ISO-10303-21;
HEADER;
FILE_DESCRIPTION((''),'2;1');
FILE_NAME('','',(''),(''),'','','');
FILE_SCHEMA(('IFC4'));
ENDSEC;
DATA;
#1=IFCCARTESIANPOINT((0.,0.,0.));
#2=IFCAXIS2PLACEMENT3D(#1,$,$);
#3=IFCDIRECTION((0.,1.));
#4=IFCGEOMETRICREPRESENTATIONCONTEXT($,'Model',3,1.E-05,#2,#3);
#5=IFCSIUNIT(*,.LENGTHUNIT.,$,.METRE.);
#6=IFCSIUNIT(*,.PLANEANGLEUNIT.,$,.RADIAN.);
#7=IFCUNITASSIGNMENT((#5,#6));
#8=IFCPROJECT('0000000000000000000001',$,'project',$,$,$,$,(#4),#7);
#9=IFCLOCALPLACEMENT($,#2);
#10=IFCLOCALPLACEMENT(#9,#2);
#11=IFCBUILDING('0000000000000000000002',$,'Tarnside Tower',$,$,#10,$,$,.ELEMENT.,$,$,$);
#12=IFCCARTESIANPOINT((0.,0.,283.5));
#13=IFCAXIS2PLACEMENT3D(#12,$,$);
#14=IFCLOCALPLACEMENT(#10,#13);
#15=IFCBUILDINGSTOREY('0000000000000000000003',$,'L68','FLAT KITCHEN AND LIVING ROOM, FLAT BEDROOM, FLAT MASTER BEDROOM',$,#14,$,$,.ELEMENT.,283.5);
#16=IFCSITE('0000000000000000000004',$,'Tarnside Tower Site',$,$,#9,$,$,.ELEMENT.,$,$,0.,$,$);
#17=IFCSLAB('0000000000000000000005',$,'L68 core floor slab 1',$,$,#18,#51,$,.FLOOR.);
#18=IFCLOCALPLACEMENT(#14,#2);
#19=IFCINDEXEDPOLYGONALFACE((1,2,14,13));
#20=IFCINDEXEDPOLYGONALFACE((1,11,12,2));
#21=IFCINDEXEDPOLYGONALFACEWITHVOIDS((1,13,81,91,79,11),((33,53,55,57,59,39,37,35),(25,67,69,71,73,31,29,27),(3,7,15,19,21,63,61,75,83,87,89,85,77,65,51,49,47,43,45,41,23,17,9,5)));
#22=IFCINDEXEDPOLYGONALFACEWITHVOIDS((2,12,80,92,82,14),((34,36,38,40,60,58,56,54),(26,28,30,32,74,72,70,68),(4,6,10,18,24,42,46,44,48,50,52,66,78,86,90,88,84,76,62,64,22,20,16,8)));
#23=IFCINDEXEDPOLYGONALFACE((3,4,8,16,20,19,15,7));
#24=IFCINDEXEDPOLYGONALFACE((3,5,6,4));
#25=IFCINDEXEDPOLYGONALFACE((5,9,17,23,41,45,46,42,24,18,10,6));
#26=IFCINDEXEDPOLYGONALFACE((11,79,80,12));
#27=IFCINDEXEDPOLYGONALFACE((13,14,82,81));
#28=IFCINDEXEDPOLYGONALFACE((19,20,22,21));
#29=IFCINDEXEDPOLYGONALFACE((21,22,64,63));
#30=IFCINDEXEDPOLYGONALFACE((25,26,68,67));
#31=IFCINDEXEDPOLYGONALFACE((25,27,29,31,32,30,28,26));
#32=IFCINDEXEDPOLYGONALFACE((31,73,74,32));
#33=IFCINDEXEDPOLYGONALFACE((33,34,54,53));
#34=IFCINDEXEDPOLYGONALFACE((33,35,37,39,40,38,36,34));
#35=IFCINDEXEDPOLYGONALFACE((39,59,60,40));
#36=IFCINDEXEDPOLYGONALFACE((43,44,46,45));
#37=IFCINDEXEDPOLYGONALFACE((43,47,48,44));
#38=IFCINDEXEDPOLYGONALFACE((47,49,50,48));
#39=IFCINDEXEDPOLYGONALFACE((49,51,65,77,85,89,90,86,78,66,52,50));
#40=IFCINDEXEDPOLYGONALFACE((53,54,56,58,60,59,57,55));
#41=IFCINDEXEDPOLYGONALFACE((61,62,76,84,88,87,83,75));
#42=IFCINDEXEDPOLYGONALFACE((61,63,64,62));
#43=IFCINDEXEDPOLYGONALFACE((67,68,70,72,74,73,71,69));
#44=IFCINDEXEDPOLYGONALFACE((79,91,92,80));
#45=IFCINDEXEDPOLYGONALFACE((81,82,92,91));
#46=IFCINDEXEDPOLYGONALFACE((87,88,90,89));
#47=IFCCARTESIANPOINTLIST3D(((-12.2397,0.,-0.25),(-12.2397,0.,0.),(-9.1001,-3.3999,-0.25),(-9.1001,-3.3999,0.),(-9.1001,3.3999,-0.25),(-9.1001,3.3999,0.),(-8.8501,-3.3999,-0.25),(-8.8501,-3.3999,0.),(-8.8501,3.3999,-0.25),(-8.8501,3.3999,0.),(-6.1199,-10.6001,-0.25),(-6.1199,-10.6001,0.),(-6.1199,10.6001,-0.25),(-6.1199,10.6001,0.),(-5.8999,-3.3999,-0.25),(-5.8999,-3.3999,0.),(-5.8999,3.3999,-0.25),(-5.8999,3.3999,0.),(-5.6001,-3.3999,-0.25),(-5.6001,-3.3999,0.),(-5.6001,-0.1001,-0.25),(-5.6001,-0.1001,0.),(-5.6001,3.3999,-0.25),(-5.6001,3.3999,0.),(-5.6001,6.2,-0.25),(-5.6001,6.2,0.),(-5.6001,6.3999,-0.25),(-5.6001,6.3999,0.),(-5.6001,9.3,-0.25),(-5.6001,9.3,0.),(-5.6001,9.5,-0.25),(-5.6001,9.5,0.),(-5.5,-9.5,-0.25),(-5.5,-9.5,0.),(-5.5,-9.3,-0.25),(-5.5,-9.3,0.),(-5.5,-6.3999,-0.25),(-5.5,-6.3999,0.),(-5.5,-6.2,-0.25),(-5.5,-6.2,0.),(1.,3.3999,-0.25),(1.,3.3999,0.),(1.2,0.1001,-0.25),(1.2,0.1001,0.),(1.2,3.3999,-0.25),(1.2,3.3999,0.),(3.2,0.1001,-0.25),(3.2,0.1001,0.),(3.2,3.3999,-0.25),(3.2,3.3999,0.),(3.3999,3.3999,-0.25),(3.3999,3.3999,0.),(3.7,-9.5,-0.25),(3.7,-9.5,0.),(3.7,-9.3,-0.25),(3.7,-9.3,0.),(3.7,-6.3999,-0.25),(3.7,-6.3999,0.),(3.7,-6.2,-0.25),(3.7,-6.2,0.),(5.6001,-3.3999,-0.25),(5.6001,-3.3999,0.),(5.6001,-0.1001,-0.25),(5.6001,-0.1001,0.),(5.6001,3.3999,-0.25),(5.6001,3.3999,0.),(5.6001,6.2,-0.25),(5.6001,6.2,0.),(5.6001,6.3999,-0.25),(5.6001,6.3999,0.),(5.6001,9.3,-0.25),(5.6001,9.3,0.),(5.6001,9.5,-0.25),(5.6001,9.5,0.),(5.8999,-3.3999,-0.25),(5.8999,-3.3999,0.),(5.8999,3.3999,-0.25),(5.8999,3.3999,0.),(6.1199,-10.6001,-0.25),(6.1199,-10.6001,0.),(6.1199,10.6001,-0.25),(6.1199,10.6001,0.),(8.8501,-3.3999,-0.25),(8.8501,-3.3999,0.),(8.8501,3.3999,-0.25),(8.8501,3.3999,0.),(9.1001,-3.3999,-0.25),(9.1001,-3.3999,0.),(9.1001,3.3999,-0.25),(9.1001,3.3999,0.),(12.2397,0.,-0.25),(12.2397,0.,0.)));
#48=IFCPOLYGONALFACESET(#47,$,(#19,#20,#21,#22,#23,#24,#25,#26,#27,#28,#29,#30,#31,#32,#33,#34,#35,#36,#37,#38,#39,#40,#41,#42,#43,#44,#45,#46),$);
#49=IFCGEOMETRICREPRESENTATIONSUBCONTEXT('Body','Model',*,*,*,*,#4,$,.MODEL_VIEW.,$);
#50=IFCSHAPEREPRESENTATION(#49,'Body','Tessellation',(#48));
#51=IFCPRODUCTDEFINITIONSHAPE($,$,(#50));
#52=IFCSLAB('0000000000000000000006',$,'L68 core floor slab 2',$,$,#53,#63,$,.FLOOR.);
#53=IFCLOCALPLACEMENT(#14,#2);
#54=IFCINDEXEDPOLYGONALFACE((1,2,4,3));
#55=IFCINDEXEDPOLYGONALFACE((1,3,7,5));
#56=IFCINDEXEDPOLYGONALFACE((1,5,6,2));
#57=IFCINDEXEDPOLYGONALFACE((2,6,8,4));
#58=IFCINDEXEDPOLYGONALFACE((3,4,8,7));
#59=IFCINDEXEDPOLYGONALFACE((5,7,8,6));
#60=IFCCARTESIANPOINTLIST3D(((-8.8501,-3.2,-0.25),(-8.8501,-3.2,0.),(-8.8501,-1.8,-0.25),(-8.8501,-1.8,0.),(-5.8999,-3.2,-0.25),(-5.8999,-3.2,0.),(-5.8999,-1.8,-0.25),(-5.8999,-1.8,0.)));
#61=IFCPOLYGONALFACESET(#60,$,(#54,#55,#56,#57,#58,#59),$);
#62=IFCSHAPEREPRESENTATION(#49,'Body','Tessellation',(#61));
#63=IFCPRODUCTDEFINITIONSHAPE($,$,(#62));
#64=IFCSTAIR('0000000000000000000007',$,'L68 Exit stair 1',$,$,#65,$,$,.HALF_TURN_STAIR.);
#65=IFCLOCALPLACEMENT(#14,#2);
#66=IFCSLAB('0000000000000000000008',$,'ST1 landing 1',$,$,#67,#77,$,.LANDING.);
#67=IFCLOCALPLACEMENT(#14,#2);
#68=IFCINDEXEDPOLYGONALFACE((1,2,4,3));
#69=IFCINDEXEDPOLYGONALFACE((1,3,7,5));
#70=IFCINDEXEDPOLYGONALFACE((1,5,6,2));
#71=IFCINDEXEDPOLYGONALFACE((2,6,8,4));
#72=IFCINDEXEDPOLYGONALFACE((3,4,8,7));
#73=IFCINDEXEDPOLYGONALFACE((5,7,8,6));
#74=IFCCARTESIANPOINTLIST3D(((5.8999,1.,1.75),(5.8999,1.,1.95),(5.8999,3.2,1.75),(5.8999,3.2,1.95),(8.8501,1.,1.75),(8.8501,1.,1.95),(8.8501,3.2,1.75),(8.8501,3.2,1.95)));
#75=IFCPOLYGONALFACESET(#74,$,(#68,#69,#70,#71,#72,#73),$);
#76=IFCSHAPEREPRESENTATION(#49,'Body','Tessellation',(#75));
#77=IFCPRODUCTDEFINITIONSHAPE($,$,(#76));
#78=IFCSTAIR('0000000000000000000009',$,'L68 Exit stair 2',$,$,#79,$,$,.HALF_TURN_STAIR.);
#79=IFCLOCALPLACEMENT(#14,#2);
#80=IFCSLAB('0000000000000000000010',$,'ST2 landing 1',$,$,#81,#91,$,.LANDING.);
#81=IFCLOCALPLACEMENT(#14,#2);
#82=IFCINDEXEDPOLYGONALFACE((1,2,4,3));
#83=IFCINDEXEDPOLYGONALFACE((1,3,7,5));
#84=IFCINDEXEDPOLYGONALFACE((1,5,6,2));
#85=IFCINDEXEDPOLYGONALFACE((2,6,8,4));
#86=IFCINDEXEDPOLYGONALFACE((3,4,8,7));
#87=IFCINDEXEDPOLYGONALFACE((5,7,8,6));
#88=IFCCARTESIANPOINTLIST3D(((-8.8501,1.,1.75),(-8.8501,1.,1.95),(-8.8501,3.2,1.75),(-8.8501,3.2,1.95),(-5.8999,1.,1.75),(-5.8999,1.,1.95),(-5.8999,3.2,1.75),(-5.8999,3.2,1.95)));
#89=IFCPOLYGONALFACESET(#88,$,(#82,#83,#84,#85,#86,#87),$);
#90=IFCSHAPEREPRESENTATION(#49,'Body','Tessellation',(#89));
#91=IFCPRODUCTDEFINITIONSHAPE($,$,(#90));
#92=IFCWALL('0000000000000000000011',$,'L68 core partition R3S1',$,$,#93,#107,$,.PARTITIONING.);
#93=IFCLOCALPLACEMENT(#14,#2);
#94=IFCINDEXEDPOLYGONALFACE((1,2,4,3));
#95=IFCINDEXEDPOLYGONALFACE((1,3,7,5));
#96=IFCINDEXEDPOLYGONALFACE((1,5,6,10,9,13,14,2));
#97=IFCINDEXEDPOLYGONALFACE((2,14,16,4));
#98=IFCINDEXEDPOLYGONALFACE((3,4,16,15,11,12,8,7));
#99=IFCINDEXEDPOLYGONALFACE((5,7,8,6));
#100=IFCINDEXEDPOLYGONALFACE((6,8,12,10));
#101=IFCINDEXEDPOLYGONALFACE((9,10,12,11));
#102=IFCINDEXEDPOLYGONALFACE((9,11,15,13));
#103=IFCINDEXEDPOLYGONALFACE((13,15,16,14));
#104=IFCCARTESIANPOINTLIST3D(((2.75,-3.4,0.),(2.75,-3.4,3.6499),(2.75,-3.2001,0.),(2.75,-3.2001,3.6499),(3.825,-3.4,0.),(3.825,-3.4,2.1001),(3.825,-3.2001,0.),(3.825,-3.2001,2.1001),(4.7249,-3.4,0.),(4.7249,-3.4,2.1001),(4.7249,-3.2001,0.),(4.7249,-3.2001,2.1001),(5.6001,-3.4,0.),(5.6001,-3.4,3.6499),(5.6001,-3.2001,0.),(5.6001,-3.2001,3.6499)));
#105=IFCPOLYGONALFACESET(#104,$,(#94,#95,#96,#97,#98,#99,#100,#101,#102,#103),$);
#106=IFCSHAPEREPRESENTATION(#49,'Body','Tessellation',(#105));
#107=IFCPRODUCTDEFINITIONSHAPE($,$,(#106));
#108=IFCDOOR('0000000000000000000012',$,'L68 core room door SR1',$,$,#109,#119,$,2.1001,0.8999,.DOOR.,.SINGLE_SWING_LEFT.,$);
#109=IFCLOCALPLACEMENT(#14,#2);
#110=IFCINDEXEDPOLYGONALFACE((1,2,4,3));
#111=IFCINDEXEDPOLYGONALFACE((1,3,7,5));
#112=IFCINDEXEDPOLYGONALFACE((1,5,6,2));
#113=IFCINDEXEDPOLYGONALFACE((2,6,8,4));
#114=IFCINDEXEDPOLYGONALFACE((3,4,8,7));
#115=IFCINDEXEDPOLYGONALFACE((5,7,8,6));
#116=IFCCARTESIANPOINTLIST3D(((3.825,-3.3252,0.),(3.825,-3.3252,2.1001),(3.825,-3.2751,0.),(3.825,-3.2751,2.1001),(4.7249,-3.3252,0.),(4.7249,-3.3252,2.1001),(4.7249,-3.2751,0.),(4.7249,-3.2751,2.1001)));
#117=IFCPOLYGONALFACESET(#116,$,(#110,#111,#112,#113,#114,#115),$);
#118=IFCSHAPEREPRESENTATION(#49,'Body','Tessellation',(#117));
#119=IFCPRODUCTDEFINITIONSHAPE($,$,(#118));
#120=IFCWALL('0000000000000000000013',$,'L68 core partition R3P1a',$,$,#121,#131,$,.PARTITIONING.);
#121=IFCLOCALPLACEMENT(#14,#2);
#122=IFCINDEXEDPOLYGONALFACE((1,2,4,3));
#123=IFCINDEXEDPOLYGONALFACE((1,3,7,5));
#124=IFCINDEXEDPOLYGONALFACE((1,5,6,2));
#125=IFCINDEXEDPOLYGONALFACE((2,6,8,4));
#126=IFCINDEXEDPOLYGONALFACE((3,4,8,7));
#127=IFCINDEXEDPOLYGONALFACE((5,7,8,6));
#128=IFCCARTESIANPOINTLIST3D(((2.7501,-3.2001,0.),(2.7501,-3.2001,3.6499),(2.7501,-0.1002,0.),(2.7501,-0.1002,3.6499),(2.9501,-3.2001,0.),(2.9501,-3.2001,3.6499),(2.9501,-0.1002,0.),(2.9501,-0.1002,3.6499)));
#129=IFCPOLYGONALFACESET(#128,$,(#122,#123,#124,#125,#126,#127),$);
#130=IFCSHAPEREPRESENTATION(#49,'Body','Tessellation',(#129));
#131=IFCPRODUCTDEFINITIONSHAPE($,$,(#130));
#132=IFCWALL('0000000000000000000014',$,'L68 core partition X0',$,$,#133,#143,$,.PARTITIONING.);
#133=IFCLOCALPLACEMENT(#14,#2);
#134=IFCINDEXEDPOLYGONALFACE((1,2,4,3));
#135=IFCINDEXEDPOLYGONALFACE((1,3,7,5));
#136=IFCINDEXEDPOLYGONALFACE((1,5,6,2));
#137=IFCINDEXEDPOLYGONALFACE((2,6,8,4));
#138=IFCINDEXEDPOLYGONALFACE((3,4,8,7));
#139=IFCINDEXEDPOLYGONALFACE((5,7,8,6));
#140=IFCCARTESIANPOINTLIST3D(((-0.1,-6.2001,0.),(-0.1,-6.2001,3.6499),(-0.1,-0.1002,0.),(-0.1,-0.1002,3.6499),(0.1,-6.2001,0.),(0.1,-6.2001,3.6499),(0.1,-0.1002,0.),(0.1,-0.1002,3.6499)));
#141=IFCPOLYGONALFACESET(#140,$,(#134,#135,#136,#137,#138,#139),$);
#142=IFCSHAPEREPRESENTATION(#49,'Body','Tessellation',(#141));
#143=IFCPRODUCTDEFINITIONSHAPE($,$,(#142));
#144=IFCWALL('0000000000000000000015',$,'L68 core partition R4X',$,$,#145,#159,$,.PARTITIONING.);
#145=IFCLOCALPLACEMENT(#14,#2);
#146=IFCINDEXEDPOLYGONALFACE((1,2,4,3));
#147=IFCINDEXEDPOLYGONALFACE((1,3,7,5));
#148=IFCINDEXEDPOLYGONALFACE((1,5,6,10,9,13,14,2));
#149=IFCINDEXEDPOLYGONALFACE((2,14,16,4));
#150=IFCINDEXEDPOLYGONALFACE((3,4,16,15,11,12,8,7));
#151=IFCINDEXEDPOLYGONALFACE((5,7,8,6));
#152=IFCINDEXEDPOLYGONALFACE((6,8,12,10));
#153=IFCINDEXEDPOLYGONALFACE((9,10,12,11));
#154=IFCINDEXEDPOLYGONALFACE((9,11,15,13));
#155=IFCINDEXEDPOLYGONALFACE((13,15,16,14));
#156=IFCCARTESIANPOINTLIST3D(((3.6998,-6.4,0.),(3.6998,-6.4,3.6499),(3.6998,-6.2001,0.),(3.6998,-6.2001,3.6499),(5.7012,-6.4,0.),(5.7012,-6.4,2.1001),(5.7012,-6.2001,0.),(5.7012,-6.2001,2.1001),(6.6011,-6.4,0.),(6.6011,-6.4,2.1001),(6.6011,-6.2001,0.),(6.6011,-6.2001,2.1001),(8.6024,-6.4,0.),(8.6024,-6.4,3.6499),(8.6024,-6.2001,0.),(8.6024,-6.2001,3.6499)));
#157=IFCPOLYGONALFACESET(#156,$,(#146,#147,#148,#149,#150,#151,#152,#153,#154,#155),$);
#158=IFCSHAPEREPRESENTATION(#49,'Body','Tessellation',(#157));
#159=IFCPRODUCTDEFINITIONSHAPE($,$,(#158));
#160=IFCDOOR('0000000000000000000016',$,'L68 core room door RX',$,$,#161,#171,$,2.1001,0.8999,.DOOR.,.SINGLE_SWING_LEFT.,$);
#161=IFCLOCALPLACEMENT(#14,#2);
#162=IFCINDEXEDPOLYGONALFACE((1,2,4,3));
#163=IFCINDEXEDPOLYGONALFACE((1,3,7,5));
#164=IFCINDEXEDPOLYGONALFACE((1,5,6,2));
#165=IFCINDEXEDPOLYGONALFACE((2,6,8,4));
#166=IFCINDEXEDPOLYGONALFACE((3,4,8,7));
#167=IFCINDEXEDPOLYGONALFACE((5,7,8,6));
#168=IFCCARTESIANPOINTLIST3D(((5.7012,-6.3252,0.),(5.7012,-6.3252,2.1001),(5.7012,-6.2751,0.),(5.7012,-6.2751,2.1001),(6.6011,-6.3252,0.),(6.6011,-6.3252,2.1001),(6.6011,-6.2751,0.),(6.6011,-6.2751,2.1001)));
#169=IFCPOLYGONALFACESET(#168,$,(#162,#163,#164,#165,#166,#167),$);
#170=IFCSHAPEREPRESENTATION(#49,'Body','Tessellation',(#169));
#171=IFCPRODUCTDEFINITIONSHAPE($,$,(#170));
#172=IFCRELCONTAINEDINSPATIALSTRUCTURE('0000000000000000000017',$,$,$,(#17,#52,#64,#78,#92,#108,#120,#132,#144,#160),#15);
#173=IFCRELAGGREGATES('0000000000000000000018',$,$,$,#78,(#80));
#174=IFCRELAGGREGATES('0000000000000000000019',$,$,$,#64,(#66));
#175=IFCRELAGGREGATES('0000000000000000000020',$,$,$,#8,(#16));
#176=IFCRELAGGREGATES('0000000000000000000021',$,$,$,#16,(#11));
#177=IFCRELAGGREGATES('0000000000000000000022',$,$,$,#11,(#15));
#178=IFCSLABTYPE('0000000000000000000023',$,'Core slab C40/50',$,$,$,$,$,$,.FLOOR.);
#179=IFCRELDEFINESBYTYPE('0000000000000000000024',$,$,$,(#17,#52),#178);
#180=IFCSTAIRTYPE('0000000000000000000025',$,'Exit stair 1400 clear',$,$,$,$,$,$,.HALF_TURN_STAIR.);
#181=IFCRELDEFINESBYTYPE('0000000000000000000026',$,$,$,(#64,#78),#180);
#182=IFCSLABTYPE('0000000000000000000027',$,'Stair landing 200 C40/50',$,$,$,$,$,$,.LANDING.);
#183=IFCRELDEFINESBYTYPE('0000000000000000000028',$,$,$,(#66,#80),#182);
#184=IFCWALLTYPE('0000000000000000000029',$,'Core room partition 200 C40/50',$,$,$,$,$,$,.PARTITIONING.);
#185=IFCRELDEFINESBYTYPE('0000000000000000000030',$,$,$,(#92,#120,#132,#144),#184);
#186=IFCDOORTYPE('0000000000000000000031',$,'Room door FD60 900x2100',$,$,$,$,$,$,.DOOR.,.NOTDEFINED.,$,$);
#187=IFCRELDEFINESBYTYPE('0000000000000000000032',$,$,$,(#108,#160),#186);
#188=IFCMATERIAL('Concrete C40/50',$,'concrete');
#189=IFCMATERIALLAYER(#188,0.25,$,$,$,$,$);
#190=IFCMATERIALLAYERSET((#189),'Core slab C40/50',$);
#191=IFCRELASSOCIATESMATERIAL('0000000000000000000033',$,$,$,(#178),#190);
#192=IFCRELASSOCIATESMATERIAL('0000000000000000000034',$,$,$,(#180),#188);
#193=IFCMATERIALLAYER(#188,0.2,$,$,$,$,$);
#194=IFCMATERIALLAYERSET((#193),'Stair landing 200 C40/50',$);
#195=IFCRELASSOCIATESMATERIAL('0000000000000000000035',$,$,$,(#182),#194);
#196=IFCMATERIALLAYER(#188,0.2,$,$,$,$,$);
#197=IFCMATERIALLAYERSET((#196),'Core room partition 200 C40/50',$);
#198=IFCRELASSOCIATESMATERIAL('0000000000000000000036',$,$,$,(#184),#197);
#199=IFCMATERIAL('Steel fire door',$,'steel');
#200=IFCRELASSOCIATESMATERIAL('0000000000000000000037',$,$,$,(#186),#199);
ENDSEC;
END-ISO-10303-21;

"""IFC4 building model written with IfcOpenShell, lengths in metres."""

from ifc_helpers import new_model, si_unit, direction, frame, frame_2d, origin, place, context, subcontext, project, spatial, polyline, rectangle, outline, extrude, material, layer, layer_set, type_object, element, fill, aggregate, save


model = new_model("IFC4")

# Units and contexts
model_context = context("Model", 3, precision=1e-05, world=origin(), true_north=direction((0.0, 1.0)))
body_context = subcontext(model_context, "Body", "Model", "MODEL_VIEW")
ifc_project = project(units=[si_unit("LENGTHUNIT", "METRE"), si_unit("PLANEANGLEUNIT", "RADIAN")], contexts=[model_context])

# Site, building, storey
site_placement = place(None, origin())
site = spatial("IfcSite", under=ifc_project, at=site_placement, Name="Tarnside Tower Site", CompositionType="ELEMENT", RefElevation=0.0)
building_placement = place(site_placement, origin())
building = spatial("IfcBuilding", under=site, at=building_placement, Name="Tarnside Tower", CompositionType="ELEMENT")
storey_placement = place(building_placement, frame((0.0, 0.0, 283.5)))
storey = spatial("IfcBuildingStorey", under=building, at=storey_placement, Name="L68", Description="FLAT KITCHEN AND LIVING ROOM, FLAT BEDROOM, FLAT MASTER BEDROOM", CompositionType="ELEMENT", Elevation=283.5)

# Slabs
ifc_material_1 = material(Name="Concrete C40/50", Category="concrete")
ifc_layer_1 = layer(ifc_material_1, 0.25)
ifc_layer_set_1 = layer_set([ifc_layer_1], Name="Core slab C40/50")
slab_type_1 = type_object("IfcSlabType", Name="Core slab C40/50", PredefinedType="FLOOR", material=ifc_layer_set_1)
slab_1_placement = place(storey_placement, frame((0.0, 0.0, -0.25)))
element("IfcSlab", 1, at=slab_1_placement, inside=storey, type_object=slab_type_1, Name="L68 core floor slab 1", PredefinedType="FLOOR", context=body_context, shape_type="SweptSolid", body=[
    extrude(outline(polyline([(6.1199, 10.6001), (12.2397, 0.0), (6.1199, -10.6001), (-6.1199, -10.6001), (-12.2397, 0.0), (-6.1199, 10.6001), (6.1199, 10.6001)]), holes=[polyline([(-5.5, -9.5), (3.7, -9.5), (3.7, -9.3), (3.7, -6.3999), (3.7, -6.2), (-5.5, -6.2), (-5.5, -6.3999), (-5.5, -9.3), (-5.5, -9.5)]), polyline([(-5.6001, -3.3999), (-5.6001, -0.1001), (5.6001, -0.1001), (5.6001, -3.3999), (5.8999, -3.3999), (8.8501, -3.3999), (9.1001, -3.3999), (9.1001, 3.3999), (8.8501, 3.3999), (5.8999, 3.3999), (5.6001, 3.3999), (3.3999, 3.3999), (3.2, 3.3999), (3.2, 0.1001), (1.2, 0.1001), (1.2, 3.3999), (1.0, 3.3999), (-5.6001, 3.3999), (-5.8999, 3.3999), (-8.8501, 3.3999), (-9.1001, 3.3999), (-9.1001, -3.3999), (-8.8501, -3.3999), (-5.8999, -3.3999), (-5.6001, -3.3999)]), polyline([(-5.6001, 6.2), (5.6001, 6.2), (5.6001, 6.3999), (5.6001, 9.3), (5.6001, 9.5), (-5.6001, 9.5), (-5.6001, 9.3), (-5.6001, 6.3999), (-5.6001, 6.2)])]), origin(), (0.0, 0.0, 1.0), 0.25),
])
slab_2_placement = place(storey_placement, frame((0.0, 0.0, -0.25)))
element("IfcSlab", 2, at=slab_2_placement, inside=storey, type_object=slab_type_1, Name="L68 core floor slab 2", PredefinedType="FLOOR", context=body_context, shape_type="SweptSolid", body=[
    extrude(outline(polyline([(-8.8501, -3.2), (-8.8501, -1.8), (-5.8999, -1.8), (-5.8999, -3.2), (-8.8501, -3.2)])), origin(), (0.0, 0.0, 1.0), 0.25),
])

# Stairs, slabs
stair_type = type_object("IfcStairType", Name="Exit stair 1400 clear", PredefinedType="HALF_TURN_STAIR", material=ifc_material_1)
stair_1_placement = place(storey_placement, origin())
stair_1 = element("IfcStair", 3, at=stair_1_placement, inside=storey, type_object=stair_type, Name="L68 Exit stair 1", PredefinedType="HALF_TURN_STAIR")
ifc_layer_2 = layer(ifc_material_1, 0.2)
ifc_layer_set_2 = layer_set([ifc_layer_2], Name="Stair landing 200 C40/50")
slab_type_2 = type_object("IfcSlabType", Name="Stair landing 200 C40/50", PredefinedType="LANDING", material=ifc_layer_set_2)
slab_3_placement = place(storey_placement, frame((0.0, 0.0, 1.75)))
slab_3 = element("IfcSlab", 4, at=slab_3_placement, type_object=slab_type_2, Name="ST1 landing 1", PredefinedType="LANDING", context=body_context, shape_type="SweptSolid", body=[
    extrude(outline(polyline([(8.8501, 1.0), (8.8501, 3.2), (5.8999, 3.2), (5.8999, 1.0), (8.8501, 1.0)])), origin(), (0.0, 0.0, 1.0), 0.2),
])
stair_2_placement = place(storey_placement, origin())
stair_2 = element("IfcStair", 5, at=stair_2_placement, inside=storey, type_object=stair_type, Name="L68 Exit stair 2", PredefinedType="HALF_TURN_STAIR")
slab_4_placement = place(storey_placement, frame((0.0, 0.0, 1.75)))
slab_4 = element("IfcSlab", 6, at=slab_4_placement, type_object=slab_type_2, Name="ST2 landing 1", PredefinedType="LANDING", context=body_context, shape_type="SweptSolid", body=[
    extrude(outline(polyline([(-5.8999, 1.0), (-5.8999, 3.2), (-8.8501, 3.2), (-8.8501, 1.0), (-5.8999, 1.0)])), origin(), (0.0, 0.0, 1.0), 0.2),
])
aggregate(stair_2, [slab_4])

# Wall, opening, door
ifc_layer_3 = layer(ifc_material_1, 0.2)
ifc_layer_set_3 = layer_set([ifc_layer_3], Name="Core room partition 200 C40/50")
wall_type_1 = type_object("IfcWallType", Name="Core room partition 200 C40/50", PredefinedType="PARTITIONING", material=ifc_layer_set_3)
wall_1_placement = place(storey_placement, frame((2.75, -3.3, 0.0), z_axis=(0.0, 0.0, 1.0), x_axis=(1.0, 0.0, 0.0)))
wall_1 = element("IfcWall", 7, at=wall_1_placement, inside=storey, type_object=wall_type_1, Name="L68 core partition R3S1", PredefinedType="PARTITIONING", context=body_context, shape_type="SweptSolid", body=[
    extrude(rectangle(XDim=2.8501, YDim=0.2, at=frame_2d((1.425, 0.0))), origin(), (0.0, 0.0, 1.0), 3.6499),
])
opening_1_placement = place(wall_1_placement, frame((1.075, 0.0, 0.0)))
opening_1 = element("IfcOpeningElement", 8, at=opening_1_placement, cuts=wall_1, PredefinedType="OPENING", context=body_context, shape_type="SweptSolid", body=[
    extrude(rectangle(XDim=0.8999, YDim=2.1001, at=frame_2d((0.45, 1.05))), frame((0.0, 0.1099, 0.0), z_axis=(0.0, -1.0, 0.0), x_axis=(1.0, 0.0, 0.0)), (0.0, 0.0, 1.0), 0.22),
])
ifc_material_2 = material(Name="Steel fire door", Category="steel")
door_type_1 = type_object("IfcDoorType", Name="Room door FD60 900x2100", OperationType="NOTDEFINED", PredefinedType="DOOR", material=ifc_material_2)
door_1_placement = place(opening_1_placement, origin())
door_1 = element("IfcDoor", 9, at=door_1_placement, inside=storey, type_object=door_type_1, Name="L68 core room door SR1", OperationType="SINGLE_SWING_LEFT", OverallHeight=2.1001, OverallWidth=0.8999, PredefinedType="DOOR", context=body_context, shape_type="SweptSolid", body=[
    extrude(rectangle(XDim=0.8999, YDim=2.1001, at=frame_2d((0.45, 1.05))), frame((0.0, 0.0249, 0.0), z_axis=(0.0, -1.0, 0.0), x_axis=(1.0, 0.0, 0.0)), (0.0, 0.0, 1.0), 0.05),
])
fill(opening_1, door_1)

# Walls
wall_2_placement = place(storey_placement, frame((2.8501, -3.2, 0.0), z_axis=(0.0, 0.0, 1.0), x_axis=(0.0, 1.0, 0.0)))
element("IfcWall", 10, at=wall_2_placement, inside=storey, type_object=wall_type_1, Name="L68 core partition R3P1a", PredefinedType="PARTITIONING", context=body_context, shape_type="SweptSolid", body=[
    extrude(rectangle(XDim=3.0999, YDim=0.2, at=frame_2d((1.5498, 0.0))), origin(), (0.0, 0.0, 1.0), 3.6499),
])
wall_3_placement = place(storey_placement, frame((0.0, -6.2, 0.0), z_axis=(0.0, 0.0, 1.0), x_axis=(0.0, 1.0, 0.0)))
element("IfcWall", 11, at=wall_3_placement, inside=storey, type_object=wall_type_1, Name="L68 core partition X0", PredefinedType="PARTITIONING", context=body_context, shape_type="SweptSolid", body=[
    extrude(rectangle(XDim=6.0999, YDim=0.2, at=frame_2d((3.0498, 0.0))), origin(), (0.0, 0.0, 1.0), 3.6499),
])

# Wall, opening, door
wall_4_placement = place(storey_placement, frame((3.7, -6.3, 0.0), z_axis=(0.0, 0.0, 1.0), x_axis=(1.0, 0.0, 0.0)))
wall_4 = element("IfcWall", 12, at=wall_4_placement, inside=storey, type_object=wall_type_1, Name="L68 core partition R4X", PredefinedType="PARTITIONING", context=body_context, shape_type="SweptSolid", body=[
    extrude(rectangle(XDim=4.9026, YDim=0.2, at=frame_2d((2.4512, 0.0))), origin(), (0.0, 0.0, 1.0), 3.6499),
])
opening_2_placement = place(wall_4_placement, frame((2.0012, 0.0, 0.0)))
opening_2 = element("IfcOpeningElement", 13, at=opening_2_placement, cuts=wall_4, PredefinedType="OPENING", context=body_context, shape_type="SweptSolid", body=[
    extrude(rectangle(XDim=0.8999, YDim=2.1001, at=frame_2d((0.45, 1.05))), frame((0.0, 0.1099, 0.0), z_axis=(0.0, -1.0, 0.0), x_axis=(1.0, 0.0, 0.0)), (0.0, 0.0, 1.0), 0.22),
])
door_2_placement = place(opening_2_placement, origin())
door_2 = element("IfcDoor", 14, at=door_2_placement, inside=storey, type_object=door_type_1, Name="L68 core room door RX", OperationType="SINGLE_SWING_LEFT", OverallHeight=2.1001, OverallWidth=0.8999, PredefinedType="DOOR", context=body_context, shape_type="SweptSolid", body=[
    extrude(rectangle(XDim=0.8999, YDim=2.1001, at=frame_2d((0.45, 1.05))), frame((0.0, 0.0249, 0.0), z_axis=(0.0, -1.0, 0.0), x_axis=(1.0, 0.0, 0.0)), (0.0, 0.0, 1.0), 0.05),
])
fill(opening_2, door_2)

aggregate(stair_1, [slab_3])

save(model, "model.ifc")
